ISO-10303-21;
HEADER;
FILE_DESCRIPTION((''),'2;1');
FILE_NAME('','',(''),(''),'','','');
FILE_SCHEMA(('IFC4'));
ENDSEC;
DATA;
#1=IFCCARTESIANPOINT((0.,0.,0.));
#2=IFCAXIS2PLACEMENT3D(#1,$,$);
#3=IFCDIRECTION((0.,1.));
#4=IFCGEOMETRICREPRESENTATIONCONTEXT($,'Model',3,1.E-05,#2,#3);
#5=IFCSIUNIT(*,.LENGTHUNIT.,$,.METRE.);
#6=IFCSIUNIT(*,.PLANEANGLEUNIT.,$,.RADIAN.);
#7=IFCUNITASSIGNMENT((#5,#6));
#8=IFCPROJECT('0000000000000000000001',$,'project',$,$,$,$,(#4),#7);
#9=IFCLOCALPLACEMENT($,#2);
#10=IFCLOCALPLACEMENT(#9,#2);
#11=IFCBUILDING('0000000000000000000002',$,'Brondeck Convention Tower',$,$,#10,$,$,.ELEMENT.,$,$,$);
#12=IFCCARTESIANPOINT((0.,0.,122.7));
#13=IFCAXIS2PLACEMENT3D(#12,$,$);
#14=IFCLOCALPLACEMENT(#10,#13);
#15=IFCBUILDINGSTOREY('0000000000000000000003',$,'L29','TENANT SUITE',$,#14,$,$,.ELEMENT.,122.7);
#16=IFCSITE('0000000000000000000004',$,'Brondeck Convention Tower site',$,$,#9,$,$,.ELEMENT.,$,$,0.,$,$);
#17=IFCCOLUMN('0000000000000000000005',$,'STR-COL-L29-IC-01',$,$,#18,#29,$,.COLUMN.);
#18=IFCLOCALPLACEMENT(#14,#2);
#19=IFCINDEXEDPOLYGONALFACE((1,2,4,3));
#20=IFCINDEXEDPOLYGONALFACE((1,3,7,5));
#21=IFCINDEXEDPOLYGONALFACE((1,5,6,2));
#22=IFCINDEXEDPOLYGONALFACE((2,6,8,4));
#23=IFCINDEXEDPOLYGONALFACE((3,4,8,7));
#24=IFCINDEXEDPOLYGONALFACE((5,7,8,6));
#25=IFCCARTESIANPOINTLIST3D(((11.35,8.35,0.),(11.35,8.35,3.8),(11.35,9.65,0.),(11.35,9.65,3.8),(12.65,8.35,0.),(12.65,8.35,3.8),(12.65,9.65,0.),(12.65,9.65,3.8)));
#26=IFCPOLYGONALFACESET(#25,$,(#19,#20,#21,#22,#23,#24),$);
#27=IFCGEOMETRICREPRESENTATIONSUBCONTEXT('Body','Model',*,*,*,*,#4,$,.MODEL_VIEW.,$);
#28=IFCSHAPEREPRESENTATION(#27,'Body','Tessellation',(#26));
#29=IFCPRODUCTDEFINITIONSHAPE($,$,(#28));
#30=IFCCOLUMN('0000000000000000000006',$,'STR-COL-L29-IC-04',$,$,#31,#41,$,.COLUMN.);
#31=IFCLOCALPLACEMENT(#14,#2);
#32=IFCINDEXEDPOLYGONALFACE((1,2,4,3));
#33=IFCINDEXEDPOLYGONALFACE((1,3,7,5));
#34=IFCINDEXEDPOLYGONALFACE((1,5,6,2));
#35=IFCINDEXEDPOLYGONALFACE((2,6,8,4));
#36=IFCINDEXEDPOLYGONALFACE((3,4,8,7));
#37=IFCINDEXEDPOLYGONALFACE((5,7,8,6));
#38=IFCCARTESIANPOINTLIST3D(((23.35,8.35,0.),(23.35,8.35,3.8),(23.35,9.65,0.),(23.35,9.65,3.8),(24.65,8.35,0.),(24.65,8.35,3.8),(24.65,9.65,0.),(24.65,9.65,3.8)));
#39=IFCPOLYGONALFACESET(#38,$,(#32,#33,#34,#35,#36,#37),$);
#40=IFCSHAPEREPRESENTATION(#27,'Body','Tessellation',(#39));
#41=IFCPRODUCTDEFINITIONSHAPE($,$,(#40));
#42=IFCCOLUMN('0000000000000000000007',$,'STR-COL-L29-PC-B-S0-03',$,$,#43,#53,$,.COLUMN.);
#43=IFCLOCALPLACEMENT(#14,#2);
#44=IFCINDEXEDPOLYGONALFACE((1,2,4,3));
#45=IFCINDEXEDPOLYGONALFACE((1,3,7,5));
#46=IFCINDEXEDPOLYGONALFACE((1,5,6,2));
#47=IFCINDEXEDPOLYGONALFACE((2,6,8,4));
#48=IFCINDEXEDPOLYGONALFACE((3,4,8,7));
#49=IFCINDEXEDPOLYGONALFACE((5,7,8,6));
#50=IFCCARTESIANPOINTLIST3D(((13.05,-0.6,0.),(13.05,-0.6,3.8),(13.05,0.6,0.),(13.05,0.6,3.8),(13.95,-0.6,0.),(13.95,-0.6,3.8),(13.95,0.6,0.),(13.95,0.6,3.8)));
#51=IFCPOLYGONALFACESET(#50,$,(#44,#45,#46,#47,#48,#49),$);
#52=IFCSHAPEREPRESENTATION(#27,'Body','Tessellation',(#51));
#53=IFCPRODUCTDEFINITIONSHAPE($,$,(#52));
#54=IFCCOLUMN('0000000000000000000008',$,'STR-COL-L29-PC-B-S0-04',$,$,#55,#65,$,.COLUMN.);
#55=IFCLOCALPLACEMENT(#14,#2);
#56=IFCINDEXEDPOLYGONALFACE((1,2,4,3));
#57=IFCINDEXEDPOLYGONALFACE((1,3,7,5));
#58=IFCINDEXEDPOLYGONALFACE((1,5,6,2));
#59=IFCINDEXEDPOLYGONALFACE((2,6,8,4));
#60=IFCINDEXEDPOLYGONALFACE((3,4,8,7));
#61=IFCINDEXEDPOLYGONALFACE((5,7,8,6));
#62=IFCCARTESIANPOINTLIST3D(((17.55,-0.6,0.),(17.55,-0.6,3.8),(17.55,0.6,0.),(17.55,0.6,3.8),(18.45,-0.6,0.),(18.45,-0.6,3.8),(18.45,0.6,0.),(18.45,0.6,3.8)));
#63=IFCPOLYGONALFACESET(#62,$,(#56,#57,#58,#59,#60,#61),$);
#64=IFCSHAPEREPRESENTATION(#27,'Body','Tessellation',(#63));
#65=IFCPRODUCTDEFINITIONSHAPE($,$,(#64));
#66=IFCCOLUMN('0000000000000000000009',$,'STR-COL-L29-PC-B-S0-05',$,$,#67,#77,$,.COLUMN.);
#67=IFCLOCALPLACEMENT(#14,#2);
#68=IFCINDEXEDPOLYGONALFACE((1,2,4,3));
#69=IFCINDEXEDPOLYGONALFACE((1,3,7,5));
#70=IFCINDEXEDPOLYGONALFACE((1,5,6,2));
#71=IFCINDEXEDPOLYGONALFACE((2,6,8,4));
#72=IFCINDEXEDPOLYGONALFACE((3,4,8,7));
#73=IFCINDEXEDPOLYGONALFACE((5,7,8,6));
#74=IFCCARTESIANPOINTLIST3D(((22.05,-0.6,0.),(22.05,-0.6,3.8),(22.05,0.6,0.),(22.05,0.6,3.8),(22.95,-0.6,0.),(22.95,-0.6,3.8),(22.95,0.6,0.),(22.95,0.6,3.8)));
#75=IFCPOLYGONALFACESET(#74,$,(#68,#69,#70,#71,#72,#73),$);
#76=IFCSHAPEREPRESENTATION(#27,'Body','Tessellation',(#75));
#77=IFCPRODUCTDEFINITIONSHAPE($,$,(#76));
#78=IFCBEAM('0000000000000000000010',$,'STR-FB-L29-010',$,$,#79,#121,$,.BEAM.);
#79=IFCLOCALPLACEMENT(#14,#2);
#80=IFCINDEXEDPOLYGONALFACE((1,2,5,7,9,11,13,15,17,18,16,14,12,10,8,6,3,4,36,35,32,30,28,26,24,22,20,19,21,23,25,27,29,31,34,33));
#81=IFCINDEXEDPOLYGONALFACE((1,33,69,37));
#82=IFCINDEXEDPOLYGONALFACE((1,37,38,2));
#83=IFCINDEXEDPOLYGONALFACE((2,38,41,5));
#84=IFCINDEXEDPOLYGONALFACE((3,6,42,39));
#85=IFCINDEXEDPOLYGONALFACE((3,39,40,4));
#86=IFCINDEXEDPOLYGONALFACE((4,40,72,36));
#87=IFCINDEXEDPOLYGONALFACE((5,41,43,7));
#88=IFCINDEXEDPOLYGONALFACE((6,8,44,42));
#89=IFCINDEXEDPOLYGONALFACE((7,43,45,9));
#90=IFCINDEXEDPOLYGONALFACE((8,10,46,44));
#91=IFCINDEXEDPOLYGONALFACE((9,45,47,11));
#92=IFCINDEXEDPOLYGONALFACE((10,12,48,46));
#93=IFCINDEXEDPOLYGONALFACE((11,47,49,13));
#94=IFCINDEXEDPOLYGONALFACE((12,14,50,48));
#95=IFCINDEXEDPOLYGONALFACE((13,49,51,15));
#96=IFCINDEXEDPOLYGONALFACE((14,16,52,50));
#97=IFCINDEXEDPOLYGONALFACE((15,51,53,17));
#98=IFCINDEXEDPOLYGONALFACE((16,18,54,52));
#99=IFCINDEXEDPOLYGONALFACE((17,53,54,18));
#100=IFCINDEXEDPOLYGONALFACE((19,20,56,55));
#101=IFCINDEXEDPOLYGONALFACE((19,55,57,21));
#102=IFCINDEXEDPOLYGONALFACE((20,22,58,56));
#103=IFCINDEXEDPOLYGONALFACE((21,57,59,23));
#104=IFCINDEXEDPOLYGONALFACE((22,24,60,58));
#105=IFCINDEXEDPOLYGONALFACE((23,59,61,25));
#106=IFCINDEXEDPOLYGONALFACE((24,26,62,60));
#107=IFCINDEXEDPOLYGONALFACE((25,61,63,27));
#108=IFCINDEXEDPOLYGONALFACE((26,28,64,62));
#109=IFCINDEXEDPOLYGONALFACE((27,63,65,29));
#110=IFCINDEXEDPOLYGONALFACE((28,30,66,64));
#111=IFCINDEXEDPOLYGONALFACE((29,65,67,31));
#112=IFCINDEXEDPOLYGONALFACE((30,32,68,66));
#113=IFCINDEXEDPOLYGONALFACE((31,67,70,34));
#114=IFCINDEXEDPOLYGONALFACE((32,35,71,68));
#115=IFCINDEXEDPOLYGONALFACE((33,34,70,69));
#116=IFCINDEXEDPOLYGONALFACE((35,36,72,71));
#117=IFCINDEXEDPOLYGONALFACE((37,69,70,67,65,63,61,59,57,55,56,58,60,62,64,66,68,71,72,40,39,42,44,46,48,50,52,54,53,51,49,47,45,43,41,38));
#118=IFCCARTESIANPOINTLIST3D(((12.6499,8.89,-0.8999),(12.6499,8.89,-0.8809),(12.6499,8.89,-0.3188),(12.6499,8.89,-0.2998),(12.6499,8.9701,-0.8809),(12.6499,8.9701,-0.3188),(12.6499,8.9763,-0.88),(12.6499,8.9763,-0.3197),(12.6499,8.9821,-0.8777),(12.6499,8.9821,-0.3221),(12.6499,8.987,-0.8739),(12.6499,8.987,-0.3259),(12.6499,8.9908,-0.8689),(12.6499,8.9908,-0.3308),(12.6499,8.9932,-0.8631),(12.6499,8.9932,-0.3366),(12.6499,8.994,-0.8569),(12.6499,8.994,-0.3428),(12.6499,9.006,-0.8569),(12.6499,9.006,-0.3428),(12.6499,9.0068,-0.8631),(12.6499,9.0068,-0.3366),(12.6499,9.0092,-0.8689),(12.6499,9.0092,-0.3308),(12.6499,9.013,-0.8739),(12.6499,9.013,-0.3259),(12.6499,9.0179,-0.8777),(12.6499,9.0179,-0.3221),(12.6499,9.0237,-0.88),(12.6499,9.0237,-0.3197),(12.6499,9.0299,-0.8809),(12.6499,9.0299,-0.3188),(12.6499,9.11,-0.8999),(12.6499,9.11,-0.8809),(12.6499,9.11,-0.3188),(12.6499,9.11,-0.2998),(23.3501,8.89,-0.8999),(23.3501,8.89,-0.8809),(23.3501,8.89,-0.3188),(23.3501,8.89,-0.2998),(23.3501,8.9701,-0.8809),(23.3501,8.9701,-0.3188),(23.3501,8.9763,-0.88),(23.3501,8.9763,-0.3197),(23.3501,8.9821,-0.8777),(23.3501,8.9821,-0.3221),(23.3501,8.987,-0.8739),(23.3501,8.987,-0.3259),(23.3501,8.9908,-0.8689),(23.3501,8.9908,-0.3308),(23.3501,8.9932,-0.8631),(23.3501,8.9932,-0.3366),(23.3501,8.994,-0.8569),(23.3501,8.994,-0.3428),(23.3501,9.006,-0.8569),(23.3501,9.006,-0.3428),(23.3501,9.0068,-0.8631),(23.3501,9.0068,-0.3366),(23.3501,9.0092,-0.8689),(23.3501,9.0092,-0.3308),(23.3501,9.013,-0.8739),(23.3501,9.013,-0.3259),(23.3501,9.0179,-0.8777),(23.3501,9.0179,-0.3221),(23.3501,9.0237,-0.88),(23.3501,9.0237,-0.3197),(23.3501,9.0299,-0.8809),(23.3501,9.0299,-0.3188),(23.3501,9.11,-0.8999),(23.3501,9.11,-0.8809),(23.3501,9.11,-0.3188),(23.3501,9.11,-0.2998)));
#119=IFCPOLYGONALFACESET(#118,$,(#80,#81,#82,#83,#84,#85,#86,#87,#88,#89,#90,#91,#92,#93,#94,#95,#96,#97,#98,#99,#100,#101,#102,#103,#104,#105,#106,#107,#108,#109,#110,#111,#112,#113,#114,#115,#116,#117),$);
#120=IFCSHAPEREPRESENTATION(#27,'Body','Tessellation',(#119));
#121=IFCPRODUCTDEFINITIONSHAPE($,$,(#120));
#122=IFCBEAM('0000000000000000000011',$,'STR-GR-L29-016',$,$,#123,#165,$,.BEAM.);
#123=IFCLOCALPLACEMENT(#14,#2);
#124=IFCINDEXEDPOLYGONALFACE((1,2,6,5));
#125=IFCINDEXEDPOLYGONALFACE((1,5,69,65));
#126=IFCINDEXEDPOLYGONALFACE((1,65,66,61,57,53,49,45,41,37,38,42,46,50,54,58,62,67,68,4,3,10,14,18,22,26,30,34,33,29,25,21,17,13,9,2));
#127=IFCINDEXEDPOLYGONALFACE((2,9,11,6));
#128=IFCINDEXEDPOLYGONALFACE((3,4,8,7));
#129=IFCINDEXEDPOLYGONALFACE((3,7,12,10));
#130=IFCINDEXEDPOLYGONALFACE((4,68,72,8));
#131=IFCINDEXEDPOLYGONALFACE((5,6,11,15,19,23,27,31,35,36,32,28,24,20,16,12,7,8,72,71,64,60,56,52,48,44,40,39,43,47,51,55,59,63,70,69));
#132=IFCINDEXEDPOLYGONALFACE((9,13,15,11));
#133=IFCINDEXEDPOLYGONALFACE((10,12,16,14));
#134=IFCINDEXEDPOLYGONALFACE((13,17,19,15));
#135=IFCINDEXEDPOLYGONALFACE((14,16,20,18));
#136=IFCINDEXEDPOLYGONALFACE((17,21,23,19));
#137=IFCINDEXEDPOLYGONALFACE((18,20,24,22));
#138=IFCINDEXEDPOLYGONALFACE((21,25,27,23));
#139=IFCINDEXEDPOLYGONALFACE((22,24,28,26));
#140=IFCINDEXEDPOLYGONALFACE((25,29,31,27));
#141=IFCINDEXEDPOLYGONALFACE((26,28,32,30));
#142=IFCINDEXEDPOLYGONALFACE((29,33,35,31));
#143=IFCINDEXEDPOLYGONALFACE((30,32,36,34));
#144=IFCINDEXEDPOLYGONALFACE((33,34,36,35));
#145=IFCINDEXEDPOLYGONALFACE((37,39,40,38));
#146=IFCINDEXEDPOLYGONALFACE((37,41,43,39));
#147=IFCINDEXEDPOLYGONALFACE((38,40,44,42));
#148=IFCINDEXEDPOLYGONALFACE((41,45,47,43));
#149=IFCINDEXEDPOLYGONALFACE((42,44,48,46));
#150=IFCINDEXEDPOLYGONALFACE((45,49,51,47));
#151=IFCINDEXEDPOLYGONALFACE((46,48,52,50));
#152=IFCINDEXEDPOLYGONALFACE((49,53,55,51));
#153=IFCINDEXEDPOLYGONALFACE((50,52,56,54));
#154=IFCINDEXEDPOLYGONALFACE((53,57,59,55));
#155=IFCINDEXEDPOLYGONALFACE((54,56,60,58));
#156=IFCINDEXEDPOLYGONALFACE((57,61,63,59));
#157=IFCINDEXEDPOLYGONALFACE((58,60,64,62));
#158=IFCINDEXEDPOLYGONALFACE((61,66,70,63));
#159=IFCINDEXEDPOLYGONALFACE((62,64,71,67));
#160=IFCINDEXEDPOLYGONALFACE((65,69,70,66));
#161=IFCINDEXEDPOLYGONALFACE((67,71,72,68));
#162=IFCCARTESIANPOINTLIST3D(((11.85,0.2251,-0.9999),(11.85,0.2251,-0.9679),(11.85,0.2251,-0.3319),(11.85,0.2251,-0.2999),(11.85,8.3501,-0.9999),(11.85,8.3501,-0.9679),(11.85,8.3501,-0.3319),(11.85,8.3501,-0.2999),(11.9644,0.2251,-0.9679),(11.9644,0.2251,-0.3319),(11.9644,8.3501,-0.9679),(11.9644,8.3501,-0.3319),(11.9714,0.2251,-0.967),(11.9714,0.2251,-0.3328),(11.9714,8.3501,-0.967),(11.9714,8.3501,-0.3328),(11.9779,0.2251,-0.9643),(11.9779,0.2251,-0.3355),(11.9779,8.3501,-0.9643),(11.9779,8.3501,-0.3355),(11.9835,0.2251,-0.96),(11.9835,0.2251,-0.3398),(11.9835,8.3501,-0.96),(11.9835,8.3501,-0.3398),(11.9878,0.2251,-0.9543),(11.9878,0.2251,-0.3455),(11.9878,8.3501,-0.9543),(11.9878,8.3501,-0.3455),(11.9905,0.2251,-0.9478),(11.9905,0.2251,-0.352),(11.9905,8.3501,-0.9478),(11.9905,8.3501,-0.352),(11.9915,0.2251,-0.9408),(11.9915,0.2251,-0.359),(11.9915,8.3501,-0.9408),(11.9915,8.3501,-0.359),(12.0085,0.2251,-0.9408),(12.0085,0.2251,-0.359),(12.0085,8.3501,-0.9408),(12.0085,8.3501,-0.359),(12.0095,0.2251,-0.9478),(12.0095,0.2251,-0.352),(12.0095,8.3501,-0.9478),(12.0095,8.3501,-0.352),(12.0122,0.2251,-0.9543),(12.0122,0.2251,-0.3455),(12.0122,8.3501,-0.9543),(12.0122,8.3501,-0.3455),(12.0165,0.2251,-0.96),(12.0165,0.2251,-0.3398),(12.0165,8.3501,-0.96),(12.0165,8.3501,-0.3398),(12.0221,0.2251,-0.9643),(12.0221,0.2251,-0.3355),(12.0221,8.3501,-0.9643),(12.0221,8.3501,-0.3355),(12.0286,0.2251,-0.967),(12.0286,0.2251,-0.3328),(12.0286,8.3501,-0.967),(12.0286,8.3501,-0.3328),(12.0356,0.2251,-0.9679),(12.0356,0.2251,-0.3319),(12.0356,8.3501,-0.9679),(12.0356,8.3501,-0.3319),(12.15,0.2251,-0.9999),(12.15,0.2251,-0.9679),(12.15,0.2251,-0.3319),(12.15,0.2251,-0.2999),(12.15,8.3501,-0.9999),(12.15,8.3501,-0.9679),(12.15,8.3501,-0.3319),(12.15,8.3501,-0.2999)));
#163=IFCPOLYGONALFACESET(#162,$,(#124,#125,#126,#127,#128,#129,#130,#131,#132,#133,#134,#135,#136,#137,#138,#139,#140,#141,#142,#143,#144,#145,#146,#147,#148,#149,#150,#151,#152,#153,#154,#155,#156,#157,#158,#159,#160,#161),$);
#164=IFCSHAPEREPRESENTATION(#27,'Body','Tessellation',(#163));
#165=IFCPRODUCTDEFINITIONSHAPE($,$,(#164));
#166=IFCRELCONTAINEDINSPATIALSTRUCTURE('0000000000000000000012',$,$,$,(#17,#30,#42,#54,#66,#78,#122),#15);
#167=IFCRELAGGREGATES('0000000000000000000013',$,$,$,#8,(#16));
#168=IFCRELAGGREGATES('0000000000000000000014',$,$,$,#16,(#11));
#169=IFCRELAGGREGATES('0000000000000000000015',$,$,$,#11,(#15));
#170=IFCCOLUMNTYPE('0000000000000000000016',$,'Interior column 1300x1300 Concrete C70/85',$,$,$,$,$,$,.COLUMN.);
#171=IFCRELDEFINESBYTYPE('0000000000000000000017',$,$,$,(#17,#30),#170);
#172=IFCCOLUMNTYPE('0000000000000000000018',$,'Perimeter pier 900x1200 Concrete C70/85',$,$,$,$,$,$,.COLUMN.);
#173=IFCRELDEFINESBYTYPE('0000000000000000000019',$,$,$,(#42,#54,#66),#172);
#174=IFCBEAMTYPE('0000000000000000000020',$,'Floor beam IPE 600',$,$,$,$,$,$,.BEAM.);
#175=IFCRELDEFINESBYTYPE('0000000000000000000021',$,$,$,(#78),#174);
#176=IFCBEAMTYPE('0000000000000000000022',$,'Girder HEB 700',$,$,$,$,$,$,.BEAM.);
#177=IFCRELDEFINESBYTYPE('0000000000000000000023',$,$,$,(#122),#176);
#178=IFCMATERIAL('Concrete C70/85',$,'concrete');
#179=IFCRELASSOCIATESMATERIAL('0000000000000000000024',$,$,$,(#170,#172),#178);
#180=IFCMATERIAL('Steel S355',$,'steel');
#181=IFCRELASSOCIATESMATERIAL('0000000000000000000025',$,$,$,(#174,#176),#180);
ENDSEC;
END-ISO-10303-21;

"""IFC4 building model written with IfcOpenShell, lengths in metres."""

from ifc_helpers import new_model, si_unit, direction, frame, origin, origin_2d, place, context, subcontext, project, spatial, rectangle, i_section, extrude, material, material_profile, profile_set, type_object, element, save


model = new_model("IFC4")

# Units and contexts
model_context = context("Model", 3, precision=1e-05, world=origin(), true_north=direction((0.0, 1.0)))
body_context = subcontext(model_context, "Body", "Model", "MODEL_VIEW")
ifc_project = project(units=[si_unit("LENGTHUNIT", "METRE"), si_unit("PLANEANGLEUNIT", "RADIAN")], contexts=[model_context])

# Site, building, storey
site_placement = place(None, origin())
site = spatial("IfcSite", under=ifc_project, at=site_placement, Name="Brondeck Convention Tower site", CompositionType="ELEMENT", RefElevation=0.0)
building_placement = place(site_placement, origin())
building = spatial("IfcBuilding", under=site, at=building_placement, Name="Brondeck Convention Tower", CompositionType="ELEMENT")
storey_placement = place(building_placement, frame((0.0, 0.0, 122.7)))
storey = spatial("IfcBuildingStorey", under=building, at=storey_placement, Name="L29", Description="TENANT SUITE", CompositionType="ELEMENT", Elevation=122.7)

# Columns
ifc_material_1 = material(Name="Concrete C70/85", Category="concrete")
ifc_material_profile_1 = material_profile(ifc_material_1, rectangle(XDim=1.3, YDim=1.3, at=origin_2d()), Name="Interior column 1300x1300 Concrete C70/85")
ifc_profile_set_1 = profile_set([ifc_material_profile_1], Name="Concrete C70/85")
column_type_1 = type_object("IfcColumnType", Name="Interior column 1300x1300 Concrete C70/85", PredefinedType="COLUMN", material=ifc_profile_set_1)
for number, where, z_axis, x_axis, name in (
    (1, (12.0, 9.0, 0.0), (0.0, 0.0, 1.0), (1.0, 0.0, 0.0), "STR-COL-L29-IC-01"),
    (2, (24.0, 9.0, 0.0), (0.0, 0.0, 1.0), (1.0, 0.0, 0.0), "STR-COL-L29-IC-04"),
):
    element("IfcColumn", number, at=place(storey_placement, frame(where, z_axis=z_axis, x_axis=x_axis)), inside=storey, type_object=column_type_1, Name=name, PredefinedType="COLUMN", context=body_context, shape_type="SweptSolid", body=[
        extrude(rectangle(XDim=1.3, YDim=1.3, at=origin_2d()), origin(), (0.0, 0.0, 1.0), 3.8),
    ])
ifc_material_profile_2 = material_profile(ifc_material_1, rectangle(XDim=0.8999, YDim=1.2, at=origin_2d()), Name="Perimeter pier 900x1200 Concrete C70/85")
ifc_profile_set_2 = profile_set([ifc_material_profile_2], Name="Concrete C70/85")
column_type_2 = type_object("IfcColumnType", Name="Perimeter pier 900x1200 Concrete C70/85", PredefinedType="COLUMN", material=ifc_profile_set_2)
for number, where, z_axis, x_axis, name in (
    (3, (13.5, 0.0, 0.0), (0.0, 0.0, 1.0), (1.0, 0.0, 0.0), "STR-COL-L29-PC-B-S0-03"),
    (4, (18.0, 0.0, 0.0), (0.0, 0.0, 1.0), (1.0, 0.0, 0.0), "STR-COL-L29-PC-B-S0-04"),
    (5, (22.5, 0.0, 0.0), (0.0, 0.0, 1.0), (1.0, 0.0, 0.0), "STR-COL-L29-PC-B-S0-05"),
):
    element("IfcColumn", number, at=place(storey_placement, frame(where, z_axis=z_axis, x_axis=x_axis)), inside=storey, type_object=column_type_2, Name=name, PredefinedType="COLUMN", context=body_context, shape_type="SweptSolid", body=[
        extrude(rectangle(XDim=0.8999, YDim=1.2, at=origin_2d()), origin(), (0.0, 0.0, 1.0), 3.8),
    ])

# Beams
ifc_material_2 = material(Name="Steel S355", Category="steel")
ifc_material_profile_3 = material_profile(ifc_material_2, i_section(OverallWidth=0.22, OverallDepth=0.6001, WebThickness=0.012, FlangeThickness=0.019, FilletRadius=0.0239, at=origin_2d()), Name="IPE 600")
ifc_profile_set_3 = profile_set([ifc_material_profile_3], Name="Steel S355")
beam_type_1 = type_object("IfcBeamType", Name="Floor beam IPE 600", PredefinedType="BEAM", material=ifc_profile_set_3)
beam_placement = place(storey_placement, frame((12.6499, 9.0, -0.5999), z_axis=(1.0, 0.0, 0.0), x_axis=(0.0, 1.0, 0.0)))
element("IfcBeam", 6, at=beam_placement, inside=storey, type_object=beam_type_1, Name="STR-FB-L29-010", PredefinedType="BEAM", context=body_context, shape_type="SweptSolid", body=[
    extrude(i_section(OverallWidth=0.22, OverallDepth=0.6001, WebThickness=0.012, FlangeThickness=0.019, FilletRadius=0.0239, at=origin_2d()), origin(), (0.0, 0.0, 1.0), 10.7002),
])
ifc_material_profile_4 = material_profile(ifc_material_2, i_section(OverallWidth=0.3, OverallDepth=0.7, WebThickness=0.0171, FlangeThickness=0.032, FilletRadius=0.0271, at=origin_2d()), Name="HEB 700")
ifc_profile_set_4 = profile_set([ifc_material_profile_4], Name="Steel S355")
beam_type_2 = type_object("IfcBeamType", Name="Girder HEB 700", PredefinedType="BEAM", material=ifc_profile_set_4)
for number, where, z_axis, x_axis, name in (
    (7, (12.0, 8.3501, -0.6499), (0.0, -1.0, 0.0), (1.0, 0.0, 0.0), "STR-GR-L29-016"),
):
    element("IfcBeam", number, at=place(storey_placement, frame(where, z_axis=z_axis, x_axis=x_axis)), inside=storey, type_object=beam_type_2, Name=name, PredefinedType="BEAM", context=body_context, shape_type="SweptSolid", body=[
        extrude(i_section(OverallWidth=0.3, OverallDepth=0.7, WebThickness=0.0171, FlangeThickness=0.032, FilletRadius=0.0271, at=origin_2d()), origin(), (0.0, 0.0, 1.0), 8.125),
    ])

save(model, "model.ifc")
